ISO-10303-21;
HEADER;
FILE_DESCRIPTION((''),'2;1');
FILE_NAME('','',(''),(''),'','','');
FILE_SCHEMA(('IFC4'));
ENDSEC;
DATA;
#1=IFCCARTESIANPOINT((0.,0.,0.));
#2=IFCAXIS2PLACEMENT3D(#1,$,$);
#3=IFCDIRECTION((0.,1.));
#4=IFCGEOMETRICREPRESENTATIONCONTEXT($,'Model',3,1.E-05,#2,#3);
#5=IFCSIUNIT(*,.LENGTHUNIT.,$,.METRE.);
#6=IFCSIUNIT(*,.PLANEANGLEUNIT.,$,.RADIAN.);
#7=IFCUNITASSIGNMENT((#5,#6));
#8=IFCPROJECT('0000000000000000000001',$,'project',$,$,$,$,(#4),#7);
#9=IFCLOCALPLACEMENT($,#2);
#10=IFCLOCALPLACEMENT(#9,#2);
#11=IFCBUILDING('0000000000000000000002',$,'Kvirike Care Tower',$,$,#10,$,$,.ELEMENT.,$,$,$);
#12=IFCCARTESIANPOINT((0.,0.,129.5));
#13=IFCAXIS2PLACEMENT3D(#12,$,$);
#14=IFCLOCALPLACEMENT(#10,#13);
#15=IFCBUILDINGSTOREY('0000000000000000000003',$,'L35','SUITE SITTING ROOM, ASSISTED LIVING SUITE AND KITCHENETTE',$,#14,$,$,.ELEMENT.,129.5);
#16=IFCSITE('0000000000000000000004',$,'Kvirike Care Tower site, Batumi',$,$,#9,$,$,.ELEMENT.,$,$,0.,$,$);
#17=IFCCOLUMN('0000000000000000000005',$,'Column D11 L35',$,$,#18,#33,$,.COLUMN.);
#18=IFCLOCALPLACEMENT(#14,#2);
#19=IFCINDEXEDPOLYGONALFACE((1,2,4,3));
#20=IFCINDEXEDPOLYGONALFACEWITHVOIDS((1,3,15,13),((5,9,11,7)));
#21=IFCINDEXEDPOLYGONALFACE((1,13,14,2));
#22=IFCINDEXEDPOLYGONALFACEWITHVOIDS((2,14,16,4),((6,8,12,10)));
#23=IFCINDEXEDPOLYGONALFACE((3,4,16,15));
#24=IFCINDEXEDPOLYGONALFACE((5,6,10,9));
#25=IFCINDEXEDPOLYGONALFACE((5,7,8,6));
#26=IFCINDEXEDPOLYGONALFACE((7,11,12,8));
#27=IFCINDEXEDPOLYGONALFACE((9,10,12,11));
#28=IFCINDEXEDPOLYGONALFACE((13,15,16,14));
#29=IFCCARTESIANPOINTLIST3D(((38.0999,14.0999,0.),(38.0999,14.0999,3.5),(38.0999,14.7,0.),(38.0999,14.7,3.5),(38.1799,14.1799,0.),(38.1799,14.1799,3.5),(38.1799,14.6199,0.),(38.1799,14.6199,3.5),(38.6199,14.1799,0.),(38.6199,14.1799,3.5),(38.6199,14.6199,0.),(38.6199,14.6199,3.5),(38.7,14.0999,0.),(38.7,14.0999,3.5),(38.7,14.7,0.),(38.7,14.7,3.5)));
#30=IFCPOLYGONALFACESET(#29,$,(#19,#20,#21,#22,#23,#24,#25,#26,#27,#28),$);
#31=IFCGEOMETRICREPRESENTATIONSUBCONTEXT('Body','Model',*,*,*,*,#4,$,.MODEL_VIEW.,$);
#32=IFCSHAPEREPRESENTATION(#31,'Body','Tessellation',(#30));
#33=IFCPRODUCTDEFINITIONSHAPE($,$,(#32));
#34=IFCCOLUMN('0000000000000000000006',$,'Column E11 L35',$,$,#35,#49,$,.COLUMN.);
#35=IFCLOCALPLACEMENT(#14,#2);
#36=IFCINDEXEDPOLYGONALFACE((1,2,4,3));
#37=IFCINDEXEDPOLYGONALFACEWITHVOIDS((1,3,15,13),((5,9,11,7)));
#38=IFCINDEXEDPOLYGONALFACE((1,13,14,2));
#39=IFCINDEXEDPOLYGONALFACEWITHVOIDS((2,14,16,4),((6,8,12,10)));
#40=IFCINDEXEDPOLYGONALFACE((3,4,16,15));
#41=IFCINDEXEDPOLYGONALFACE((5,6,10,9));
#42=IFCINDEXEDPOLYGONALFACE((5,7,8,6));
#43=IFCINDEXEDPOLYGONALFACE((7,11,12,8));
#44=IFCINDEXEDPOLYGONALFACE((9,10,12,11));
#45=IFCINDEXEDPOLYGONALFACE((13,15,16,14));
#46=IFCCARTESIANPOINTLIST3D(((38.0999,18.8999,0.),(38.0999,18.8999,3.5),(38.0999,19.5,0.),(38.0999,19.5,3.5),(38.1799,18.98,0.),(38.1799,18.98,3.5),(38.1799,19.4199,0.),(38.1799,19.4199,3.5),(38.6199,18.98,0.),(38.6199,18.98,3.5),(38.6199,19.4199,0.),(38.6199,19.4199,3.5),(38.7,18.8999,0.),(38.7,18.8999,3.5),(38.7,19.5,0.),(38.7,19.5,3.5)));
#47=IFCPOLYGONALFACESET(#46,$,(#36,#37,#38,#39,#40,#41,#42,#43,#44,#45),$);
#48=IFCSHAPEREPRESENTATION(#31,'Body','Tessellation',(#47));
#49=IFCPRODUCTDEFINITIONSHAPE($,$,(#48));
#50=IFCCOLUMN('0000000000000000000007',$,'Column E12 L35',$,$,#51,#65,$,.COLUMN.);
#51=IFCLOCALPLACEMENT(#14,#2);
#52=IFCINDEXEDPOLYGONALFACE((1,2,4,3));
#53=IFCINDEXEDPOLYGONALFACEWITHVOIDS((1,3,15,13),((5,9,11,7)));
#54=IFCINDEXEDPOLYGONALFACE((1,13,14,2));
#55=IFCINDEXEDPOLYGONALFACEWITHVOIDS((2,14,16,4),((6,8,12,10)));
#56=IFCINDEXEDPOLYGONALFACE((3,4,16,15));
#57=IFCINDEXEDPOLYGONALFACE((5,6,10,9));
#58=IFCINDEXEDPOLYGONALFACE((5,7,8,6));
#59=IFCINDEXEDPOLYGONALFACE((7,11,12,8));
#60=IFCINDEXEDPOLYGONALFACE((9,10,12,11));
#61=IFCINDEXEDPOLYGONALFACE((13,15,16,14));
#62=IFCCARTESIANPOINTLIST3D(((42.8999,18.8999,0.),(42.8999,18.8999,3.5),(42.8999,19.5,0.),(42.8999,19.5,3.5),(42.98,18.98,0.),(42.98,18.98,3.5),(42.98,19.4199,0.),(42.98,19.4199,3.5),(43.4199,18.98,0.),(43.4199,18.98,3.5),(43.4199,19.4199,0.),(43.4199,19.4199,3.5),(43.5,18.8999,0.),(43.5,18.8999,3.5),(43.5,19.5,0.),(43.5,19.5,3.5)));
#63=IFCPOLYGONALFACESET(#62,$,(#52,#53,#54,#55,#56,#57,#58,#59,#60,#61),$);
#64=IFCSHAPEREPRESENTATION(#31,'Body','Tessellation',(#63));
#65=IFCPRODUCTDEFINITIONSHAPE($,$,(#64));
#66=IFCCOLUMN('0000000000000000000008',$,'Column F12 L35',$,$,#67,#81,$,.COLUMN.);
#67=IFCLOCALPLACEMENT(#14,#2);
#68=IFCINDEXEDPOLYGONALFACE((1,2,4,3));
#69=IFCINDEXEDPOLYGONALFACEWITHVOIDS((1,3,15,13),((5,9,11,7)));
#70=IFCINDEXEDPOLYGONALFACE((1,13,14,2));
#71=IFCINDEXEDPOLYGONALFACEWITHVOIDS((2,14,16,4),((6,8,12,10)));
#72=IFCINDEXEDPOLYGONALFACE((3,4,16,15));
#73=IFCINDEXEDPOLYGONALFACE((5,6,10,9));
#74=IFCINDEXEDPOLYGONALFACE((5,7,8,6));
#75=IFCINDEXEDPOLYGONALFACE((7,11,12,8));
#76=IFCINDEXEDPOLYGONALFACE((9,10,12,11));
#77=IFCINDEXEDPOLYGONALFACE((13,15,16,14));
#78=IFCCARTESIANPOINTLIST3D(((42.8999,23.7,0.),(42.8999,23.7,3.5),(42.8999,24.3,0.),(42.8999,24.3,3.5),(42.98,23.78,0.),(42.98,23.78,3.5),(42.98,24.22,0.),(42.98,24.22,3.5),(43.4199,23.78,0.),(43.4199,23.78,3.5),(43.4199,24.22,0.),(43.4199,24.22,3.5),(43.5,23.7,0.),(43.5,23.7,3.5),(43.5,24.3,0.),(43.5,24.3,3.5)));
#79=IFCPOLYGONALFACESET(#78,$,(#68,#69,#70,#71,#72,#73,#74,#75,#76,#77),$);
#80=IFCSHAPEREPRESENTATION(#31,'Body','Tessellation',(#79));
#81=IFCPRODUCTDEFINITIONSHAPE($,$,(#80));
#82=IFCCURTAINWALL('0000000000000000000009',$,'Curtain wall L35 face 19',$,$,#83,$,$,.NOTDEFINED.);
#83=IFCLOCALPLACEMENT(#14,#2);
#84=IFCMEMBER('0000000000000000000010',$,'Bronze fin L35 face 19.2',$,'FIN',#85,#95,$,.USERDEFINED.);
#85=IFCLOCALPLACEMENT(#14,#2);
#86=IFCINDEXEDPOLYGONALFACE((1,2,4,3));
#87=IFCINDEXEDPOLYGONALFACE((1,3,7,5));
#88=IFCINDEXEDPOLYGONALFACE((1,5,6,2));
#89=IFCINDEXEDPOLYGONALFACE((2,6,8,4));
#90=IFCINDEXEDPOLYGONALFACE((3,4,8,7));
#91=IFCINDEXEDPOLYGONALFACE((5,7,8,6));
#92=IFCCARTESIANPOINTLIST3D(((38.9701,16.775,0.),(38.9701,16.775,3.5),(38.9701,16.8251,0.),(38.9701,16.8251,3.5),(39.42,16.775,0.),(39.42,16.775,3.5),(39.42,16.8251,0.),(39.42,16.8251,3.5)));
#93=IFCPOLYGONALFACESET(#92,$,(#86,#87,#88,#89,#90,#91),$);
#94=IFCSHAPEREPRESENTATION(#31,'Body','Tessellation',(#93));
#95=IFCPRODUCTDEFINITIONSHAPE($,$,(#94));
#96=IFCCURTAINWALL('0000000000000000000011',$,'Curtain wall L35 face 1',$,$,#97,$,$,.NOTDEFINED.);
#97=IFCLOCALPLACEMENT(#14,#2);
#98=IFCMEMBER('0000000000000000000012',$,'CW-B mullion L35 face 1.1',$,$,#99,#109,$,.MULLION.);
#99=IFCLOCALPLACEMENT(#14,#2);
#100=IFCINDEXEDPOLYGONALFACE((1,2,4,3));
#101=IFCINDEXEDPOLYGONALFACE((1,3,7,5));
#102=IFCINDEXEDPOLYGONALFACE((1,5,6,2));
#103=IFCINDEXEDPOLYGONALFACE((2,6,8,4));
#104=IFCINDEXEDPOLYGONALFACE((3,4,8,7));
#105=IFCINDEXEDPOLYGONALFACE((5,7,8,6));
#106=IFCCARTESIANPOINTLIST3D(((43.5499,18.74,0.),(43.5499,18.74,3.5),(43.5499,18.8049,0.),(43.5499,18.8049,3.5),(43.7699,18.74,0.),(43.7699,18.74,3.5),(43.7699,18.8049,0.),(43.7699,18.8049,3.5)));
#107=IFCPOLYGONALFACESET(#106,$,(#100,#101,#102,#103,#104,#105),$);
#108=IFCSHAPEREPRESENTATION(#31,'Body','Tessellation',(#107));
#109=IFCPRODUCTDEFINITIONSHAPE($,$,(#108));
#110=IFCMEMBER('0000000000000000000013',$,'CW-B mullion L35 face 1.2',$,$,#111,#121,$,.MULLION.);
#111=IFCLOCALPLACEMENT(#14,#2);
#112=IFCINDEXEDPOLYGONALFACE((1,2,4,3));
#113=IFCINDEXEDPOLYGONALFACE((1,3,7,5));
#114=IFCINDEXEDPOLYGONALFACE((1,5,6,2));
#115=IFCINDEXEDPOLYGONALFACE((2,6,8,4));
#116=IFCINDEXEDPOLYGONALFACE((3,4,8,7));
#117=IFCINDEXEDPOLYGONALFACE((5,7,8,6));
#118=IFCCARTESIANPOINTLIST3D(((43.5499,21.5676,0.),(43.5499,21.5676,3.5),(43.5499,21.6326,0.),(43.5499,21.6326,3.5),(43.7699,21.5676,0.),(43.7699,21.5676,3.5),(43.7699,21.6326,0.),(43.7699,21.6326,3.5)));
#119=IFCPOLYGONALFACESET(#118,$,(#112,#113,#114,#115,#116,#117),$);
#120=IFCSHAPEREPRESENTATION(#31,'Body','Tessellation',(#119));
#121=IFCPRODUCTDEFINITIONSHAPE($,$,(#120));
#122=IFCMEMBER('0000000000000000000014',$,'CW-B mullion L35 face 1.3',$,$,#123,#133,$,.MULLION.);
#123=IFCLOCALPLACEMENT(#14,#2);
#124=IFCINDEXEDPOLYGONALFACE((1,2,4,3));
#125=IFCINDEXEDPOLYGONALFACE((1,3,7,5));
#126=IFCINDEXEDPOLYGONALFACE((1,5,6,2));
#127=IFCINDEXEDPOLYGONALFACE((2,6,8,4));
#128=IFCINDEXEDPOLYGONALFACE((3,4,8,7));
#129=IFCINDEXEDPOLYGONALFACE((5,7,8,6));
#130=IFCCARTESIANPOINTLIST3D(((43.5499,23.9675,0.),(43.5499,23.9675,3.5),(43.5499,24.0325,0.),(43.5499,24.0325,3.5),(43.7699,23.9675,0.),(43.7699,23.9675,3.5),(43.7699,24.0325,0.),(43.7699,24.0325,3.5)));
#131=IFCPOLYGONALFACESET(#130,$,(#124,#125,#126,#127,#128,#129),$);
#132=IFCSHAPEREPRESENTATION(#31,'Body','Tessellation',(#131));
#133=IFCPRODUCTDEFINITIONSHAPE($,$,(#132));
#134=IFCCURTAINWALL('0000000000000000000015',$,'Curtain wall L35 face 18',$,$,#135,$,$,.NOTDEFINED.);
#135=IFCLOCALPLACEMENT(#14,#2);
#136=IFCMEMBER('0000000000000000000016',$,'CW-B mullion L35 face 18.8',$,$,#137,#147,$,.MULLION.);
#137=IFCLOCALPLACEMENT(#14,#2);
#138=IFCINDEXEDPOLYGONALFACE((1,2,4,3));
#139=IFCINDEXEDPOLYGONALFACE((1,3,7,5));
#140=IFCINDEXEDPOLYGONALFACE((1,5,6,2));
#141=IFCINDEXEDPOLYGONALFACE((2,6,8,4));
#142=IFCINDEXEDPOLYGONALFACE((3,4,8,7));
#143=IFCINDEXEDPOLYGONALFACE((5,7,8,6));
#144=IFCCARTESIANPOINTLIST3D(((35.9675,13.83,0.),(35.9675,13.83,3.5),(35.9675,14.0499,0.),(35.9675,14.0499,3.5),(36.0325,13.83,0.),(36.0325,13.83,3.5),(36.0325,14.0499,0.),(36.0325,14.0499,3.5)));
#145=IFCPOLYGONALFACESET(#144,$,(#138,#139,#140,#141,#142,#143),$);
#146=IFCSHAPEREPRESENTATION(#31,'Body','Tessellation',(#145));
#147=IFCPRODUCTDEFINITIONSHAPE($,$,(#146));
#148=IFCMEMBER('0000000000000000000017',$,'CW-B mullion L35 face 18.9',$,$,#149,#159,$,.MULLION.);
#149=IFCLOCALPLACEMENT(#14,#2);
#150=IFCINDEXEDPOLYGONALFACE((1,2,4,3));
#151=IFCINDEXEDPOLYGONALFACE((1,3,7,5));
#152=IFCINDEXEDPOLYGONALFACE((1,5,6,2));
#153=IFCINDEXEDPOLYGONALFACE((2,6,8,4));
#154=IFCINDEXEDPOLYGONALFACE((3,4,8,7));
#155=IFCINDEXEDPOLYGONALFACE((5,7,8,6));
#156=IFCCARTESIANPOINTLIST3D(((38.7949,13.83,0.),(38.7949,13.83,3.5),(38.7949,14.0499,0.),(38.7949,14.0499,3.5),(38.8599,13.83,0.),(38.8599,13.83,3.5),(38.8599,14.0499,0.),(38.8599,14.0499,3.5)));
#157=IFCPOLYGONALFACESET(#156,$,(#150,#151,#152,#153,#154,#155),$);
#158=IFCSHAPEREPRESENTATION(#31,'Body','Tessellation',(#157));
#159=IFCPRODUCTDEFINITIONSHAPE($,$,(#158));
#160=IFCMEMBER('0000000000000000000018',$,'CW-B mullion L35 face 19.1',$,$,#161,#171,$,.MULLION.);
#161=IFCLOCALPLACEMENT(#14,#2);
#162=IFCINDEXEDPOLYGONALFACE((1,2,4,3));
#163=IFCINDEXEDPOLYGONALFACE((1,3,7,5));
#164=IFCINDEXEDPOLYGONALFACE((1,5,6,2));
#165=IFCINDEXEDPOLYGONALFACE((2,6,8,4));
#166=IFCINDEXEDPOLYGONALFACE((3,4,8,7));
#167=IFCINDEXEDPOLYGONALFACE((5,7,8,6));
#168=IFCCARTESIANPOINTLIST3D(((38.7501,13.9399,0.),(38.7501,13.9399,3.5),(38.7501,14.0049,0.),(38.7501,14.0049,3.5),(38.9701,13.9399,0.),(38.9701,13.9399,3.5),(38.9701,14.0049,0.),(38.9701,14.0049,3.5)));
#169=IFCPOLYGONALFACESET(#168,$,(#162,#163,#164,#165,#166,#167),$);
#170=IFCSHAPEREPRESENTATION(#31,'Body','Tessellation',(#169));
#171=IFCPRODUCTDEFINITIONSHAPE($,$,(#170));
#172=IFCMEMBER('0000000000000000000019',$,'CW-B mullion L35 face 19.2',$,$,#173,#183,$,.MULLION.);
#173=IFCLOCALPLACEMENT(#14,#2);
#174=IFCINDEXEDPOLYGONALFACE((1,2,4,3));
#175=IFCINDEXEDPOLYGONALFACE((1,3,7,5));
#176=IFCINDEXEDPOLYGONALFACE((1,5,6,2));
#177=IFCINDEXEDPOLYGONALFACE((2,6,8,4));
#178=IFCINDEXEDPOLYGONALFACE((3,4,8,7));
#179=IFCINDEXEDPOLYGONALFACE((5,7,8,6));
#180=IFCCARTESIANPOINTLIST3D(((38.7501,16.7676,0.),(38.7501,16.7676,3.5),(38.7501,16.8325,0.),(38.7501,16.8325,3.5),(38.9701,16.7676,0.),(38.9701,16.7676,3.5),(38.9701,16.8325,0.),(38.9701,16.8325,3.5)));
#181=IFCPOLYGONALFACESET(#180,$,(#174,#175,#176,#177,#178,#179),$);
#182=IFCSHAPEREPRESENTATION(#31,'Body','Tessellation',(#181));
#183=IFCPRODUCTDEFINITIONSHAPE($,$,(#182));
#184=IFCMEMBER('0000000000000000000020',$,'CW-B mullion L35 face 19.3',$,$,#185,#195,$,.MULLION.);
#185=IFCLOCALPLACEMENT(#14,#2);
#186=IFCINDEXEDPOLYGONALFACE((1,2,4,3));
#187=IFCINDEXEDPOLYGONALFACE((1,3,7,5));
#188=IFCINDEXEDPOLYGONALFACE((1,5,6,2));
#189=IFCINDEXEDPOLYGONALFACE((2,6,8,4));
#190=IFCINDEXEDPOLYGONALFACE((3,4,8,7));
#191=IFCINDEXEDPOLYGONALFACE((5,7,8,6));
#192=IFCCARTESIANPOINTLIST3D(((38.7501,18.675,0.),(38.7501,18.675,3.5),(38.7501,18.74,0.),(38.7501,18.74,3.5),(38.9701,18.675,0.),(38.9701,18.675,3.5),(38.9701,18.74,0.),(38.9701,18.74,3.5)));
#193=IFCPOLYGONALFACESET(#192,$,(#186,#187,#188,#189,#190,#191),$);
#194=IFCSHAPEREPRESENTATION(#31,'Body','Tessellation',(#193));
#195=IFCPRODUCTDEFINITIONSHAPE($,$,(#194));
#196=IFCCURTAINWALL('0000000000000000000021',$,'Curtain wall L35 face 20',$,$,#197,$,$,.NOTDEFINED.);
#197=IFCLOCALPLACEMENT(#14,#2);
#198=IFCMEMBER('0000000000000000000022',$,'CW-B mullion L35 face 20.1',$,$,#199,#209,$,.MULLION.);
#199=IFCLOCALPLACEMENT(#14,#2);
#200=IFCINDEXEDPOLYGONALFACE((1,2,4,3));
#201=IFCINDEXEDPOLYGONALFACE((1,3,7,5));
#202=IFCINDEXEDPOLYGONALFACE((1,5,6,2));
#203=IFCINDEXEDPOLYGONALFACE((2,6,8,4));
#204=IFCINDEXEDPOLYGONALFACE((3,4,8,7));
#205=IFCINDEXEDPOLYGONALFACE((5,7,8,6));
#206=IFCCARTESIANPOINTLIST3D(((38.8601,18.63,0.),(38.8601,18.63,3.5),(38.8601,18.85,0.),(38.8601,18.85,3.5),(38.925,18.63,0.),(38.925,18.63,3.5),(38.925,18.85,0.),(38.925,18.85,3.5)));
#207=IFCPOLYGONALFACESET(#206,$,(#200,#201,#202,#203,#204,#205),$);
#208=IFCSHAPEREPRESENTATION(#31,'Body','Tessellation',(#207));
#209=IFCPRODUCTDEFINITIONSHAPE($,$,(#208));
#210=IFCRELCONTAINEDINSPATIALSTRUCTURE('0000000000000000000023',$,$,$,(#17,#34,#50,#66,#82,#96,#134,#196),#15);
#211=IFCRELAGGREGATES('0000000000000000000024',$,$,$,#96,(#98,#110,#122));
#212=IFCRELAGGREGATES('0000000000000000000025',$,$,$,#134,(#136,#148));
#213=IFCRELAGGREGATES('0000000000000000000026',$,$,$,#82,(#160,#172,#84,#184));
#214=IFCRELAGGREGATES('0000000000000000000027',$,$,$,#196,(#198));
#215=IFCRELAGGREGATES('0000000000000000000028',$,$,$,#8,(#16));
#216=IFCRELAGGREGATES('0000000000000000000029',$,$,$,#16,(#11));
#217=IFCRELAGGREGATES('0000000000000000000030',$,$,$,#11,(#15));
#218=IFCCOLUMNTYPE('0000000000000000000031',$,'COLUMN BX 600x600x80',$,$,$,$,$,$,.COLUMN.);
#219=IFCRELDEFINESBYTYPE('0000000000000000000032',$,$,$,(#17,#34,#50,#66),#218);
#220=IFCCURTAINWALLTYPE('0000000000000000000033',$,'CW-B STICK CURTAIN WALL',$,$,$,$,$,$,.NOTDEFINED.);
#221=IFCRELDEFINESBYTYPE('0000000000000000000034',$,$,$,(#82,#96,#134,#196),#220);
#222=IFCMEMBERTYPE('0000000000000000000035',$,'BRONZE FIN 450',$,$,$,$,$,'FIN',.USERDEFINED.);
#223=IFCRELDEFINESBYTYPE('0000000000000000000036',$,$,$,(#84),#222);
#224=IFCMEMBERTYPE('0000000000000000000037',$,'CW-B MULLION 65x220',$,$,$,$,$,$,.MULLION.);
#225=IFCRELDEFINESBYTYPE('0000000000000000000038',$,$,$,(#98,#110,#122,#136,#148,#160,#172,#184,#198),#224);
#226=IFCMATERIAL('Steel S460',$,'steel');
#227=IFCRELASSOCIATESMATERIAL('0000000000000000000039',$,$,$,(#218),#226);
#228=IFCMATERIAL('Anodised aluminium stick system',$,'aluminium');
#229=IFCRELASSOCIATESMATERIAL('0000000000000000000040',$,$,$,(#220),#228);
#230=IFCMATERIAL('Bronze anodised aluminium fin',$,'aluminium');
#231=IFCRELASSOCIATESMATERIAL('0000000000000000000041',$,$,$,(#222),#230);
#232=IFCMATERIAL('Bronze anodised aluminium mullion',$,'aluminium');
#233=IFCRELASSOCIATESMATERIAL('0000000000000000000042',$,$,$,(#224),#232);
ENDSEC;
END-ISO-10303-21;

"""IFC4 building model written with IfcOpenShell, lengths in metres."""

from ifc_helpers import new_model, si_unit, direction, frame, origin, origin_2d, place, context, subcontext, project, spatial, rectangle, hollow_rectangle, extrude, material, material_profile, profile_set, type_object, element, aggregate, save


model = new_model("IFC4")

# Units and contexts
model_context = context("Model", 3, precision=1e-05, world=origin(), true_north=direction((0.0, 1.0)))
body_context = subcontext(model_context, "Body", "Model", "MODEL_VIEW")
ifc_project = project(units=[si_unit("LENGTHUNIT", "METRE"), si_unit("PLANEANGLEUNIT", "RADIAN")], contexts=[model_context])

# Site, building, storey
site_placement = place(None, origin())
site = spatial("IfcSite", under=ifc_project, at=site_placement, Name="Kvirike Care Tower site, Batumi", CompositionType="ELEMENT", RefElevation=0.0)
building_placement = place(site_placement, origin())
building = spatial("IfcBuilding", under=site, at=building_placement, Name="Kvirike Care Tower", CompositionType="ELEMENT")
storey_placement = place(building_placement, frame((0.0, 0.0, 129.5)))
storey = spatial("IfcBuildingStorey", under=building, at=storey_placement, Name="L35", Description="SUITE SITTING ROOM, ASSISTED LIVING SUITE AND KITCHENETTE", CompositionType="ELEMENT", Elevation=129.5)

# Columns
ifc_material_1 = material(Name="Steel S460", Category="steel")
ifc_material_profile_1 = material_profile(ifc_material_1, hollow_rectangle(XDim=0.6001, YDim=0.6001, WallThickness=0.0801, at=origin_2d()), Name="BX 600x600x80")
ifc_profile_set_1 = profile_set([ifc_material_profile_1], Name="Steel S460")
column_type = type_object("IfcColumnType", Name="COLUMN BX 600x600x80", PredefinedType="COLUMN", material=ifc_profile_set_1)
for number, where, z_axis, x_axis, name in (
    (1, (38.3999, 14.3999, 0.0), (0.0, 0.0, 1.0), (0.0, 1.0, 0.0), "Column D11 L35"),
    (2, (38.3999, 19.2, 0.0), (0.0, 0.0, 1.0), (0.0, 1.0, 0.0), "Column E11 L35"),
    (3, (43.2, 19.2, 0.0), (0.0, 0.0, 1.0), (0.0, 1.0, 0.0), "Column E12 L35"),
    (4, (43.2, 24.0, 0.0), (0.0, 0.0, 1.0), (1.0, 0.0, 0.0), "Column F12 L35"),
):
    element("IfcColumn", number, at=place(storey_placement, frame(where, z_axis=z_axis, x_axis=x_axis)), inside=storey, type_object=column_type, Name=name, PredefinedType="COLUMN", context=body_context, shape_type="SweptSolid", body=[
        extrude(hollow_rectangle(XDim=0.6001, YDim=0.6001, WallThickness=0.0801, at=origin_2d()), origin(), (0.0, 0.0, 1.0), 3.5),
    ])

# Curtain wall, member
ifc_material_2 = material(Name="Anodised aluminium stick system", Category="aluminium")
curtain_wall_type = type_object("IfcCurtainWallType", Name="CW-B STICK CURTAIN WALL", PredefinedType="NOTDEFINED", material=ifc_material_2)
curtain_wall_1_placement = place(storey_placement, origin())
curtain_wall_1 = element("IfcCurtainWall", 5, at=curtain_wall_1_placement, inside=storey, type_object=curtain_wall_type, Name="Curtain wall L35 face 19", PredefinedType="NOTDEFINED")
ifc_material_3 = material(Name="Bronze anodised aluminium fin", Category="aluminium")
ifc_material_profile_2 = material_profile(ifc_material_3, rectangle(XDim=0.05, YDim=0.45, at=origin_2d()), Name="BRONZE FIN 450")
ifc_profile_set_2 = profile_set([ifc_material_profile_2], Name="Bronze anodised aluminium fin")
member_type_1 = type_object("IfcMemberType", Name="BRONZE FIN 450", ElementType="FIN", PredefinedType="USERDEFINED", material=ifc_profile_set_2)
member_1_placement = place(storey_placement, frame((39.1951, 16.8, 0.0), z_axis=(0.0, 0.0, 1.0), x_axis=(0.0, 1.0, 0.0)))
member_1 = element("IfcMember", 6, at=member_1_placement, type_object=member_type_1, Name="Bronze fin L35 face 19.2", ObjectType="FIN", PredefinedType="USERDEFINED", context=body_context, shape_type="SweptSolid", body=[
    extrude(rectangle(XDim=0.05, YDim=0.45, at=origin_2d()), origin(), (0.0, 0.0, 1.0), 3.5),
])

# Curtain walls, members
curtain_wall_2_placement = place(storey_placement, origin())
curtain_wall_2 = element("IfcCurtainWall", 7, at=curtain_wall_2_placement, inside=storey, type_object=curtain_wall_type, Name="Curtain wall L35 face 1", PredefinedType="NOTDEFINED")
ifc_material_4 = material(Name="Bronze anodised aluminium mullion", Category="aluminium")
ifc_material_profile_3 = material_profile(ifc_material_4, rectangle(XDim=0.0649, YDim=0.22, at=origin_2d()), Name="CW-B MULLION 65x220")
ifc_profile_set_3 = profile_set([ifc_material_profile_3], Name="Bronze anodised aluminium mullion")
member_type_2 = type_object("IfcMemberType", Name="CW-B MULLION 65x220", PredefinedType="MULLION", material=ifc_profile_set_3)
member_2_placement = place(storey_placement, frame((43.6599, 18.7725, 0.0), z_axis=(0.0, 0.0, 1.0), x_axis=(0.0, 1.0, 0.0)))
member_2 = element("IfcMember", 8, at=member_2_placement, type_object=member_type_2, Name="CW-B mullion L35 face 1.1", PredefinedType="MULLION", context=body_context, shape_type="SweptSolid", body=[
    extrude(rectangle(XDim=0.0649, YDim=0.22, at=origin_2d()), origin(), (0.0, 0.0, 1.0), 3.5),
])
member_3_placement = place(storey_placement, frame((43.6599, 21.6001, 0.0), z_axis=(0.0, 0.0, 1.0), x_axis=(0.0, 1.0, 0.0)))
member_3 = element("IfcMember", 9, at=member_3_placement, type_object=member_type_2, Name="CW-B mullion L35 face 1.2", PredefinedType="MULLION", context=body_context, shape_type="SweptSolid", body=[
    extrude(rectangle(XDim=0.0649, YDim=0.22, at=origin_2d()), origin(), (0.0, 0.0, 1.0), 3.5),
])
member_4_placement = place(storey_placement, frame((43.6599, 24.0, 0.0), z_axis=(0.0, 0.0, 1.0), x_axis=(0.0, 1.0, 0.0)))
member_4 = element("IfcMember", 10, at=member_4_placement, type_object=member_type_2, Name="CW-B mullion L35 face 1.3", PredefinedType="MULLION", context=body_context, shape_type="SweptSolid", body=[
    extrude(rectangle(XDim=0.0649, YDim=0.22, at=origin_2d()), origin(), (0.0, 0.0, 1.0), 3.5),
])
curtain_wall_3_placement = place(storey_placement, origin())
curtain_wall_3 = element("IfcCurtainWall", 11, at=curtain_wall_3_placement, inside=storey, type_object=curtain_wall_type, Name="Curtain wall L35 face 18", PredefinedType="NOTDEFINED")
member_5_placement = place(storey_placement, frame((36.0, 13.9399, 0.0), z_axis=(0.0, 0.0, 1.0), x_axis=(1.0, 0.0, 0.0)))
member_5 = element("IfcMember", 12, at=member_5_placement, type_object=member_type_2, Name="CW-B mullion L35 face 18.8", PredefinedType="MULLION", context=body_context, shape_type="SweptSolid", body=[
    extrude(rectangle(XDim=0.0649, YDim=0.22, at=origin_2d()), origin(), (0.0, 0.0, 1.0), 3.5),
])
member_6_placement = place(storey_placement, frame((38.8274, 13.9399, 0.0), z_axis=(0.0, 0.0, 1.0), x_axis=(1.0, 0.0, 0.0)))
member_6 = element("IfcMember", 13, at=member_6_placement, type_object=member_type_2, Name="CW-B mullion L35 face 18.9", PredefinedType="MULLION", context=body_context, shape_type="SweptSolid", body=[
    extrude(rectangle(XDim=0.0649, YDim=0.22, at=origin_2d()), origin(), (0.0, 0.0, 1.0), 3.5),
])

# Members
member_7_placement = place(storey_placement, frame((38.8601, 13.9724, 0.0), z_axis=(0.0, 0.0, 1.0), x_axis=(0.0, 1.0, 0.0)))
member_7 = element("IfcMember", 14, at=member_7_placement, type_object=member_type_2, Name="CW-B mullion L35 face 19.1", PredefinedType="MULLION", context=body_context, shape_type="SweptSolid", body=[
    extrude(rectangle(XDim=0.0649, YDim=0.22, at=origin_2d()), origin(), (0.0, 0.0, 1.0), 3.5),
])
member_8_placement = place(storey_placement, frame((38.8601, 16.8, 0.0), z_axis=(0.0, 0.0, 1.0), x_axis=(0.0, 1.0, 0.0)))
member_8 = element("IfcMember", 15, at=member_8_placement, type_object=member_type_2, Name="CW-B mullion L35 face 19.2", PredefinedType="MULLION", context=body_context, shape_type="SweptSolid", body=[
    extrude(rectangle(XDim=0.0649, YDim=0.22, at=origin_2d()), origin(), (0.0, 0.0, 1.0), 3.5),
])
member_9_placement = place(storey_placement, frame((38.8601, 18.7075, 0.0), z_axis=(0.0, 0.0, 1.0), x_axis=(0.0, 1.0, 0.0)))
member_9 = element("IfcMember", 16, at=member_9_placement, type_object=member_type_2, Name="CW-B mullion L35 face 19.3", PredefinedType="MULLION", context=body_context, shape_type="SweptSolid", body=[
    extrude(rectangle(XDim=0.0649, YDim=0.22, at=origin_2d()), origin(), (0.0, 0.0, 1.0), 3.5),
])

# Curtain wall, member
curtain_wall_4_placement = place(storey_placement, origin())
curtain_wall_4 = element("IfcCurtainWall", 17, at=curtain_wall_4_placement, inside=storey, type_object=curtain_wall_type, Name="Curtain wall L35 face 20", PredefinedType="NOTDEFINED")
member_10_placement = place(storey_placement, frame((38.8926, 18.74, 0.0), z_axis=(0.0, 0.0, 1.0), x_axis=(1.0, 0.0, 0.0)))
member_10 = element("IfcMember", 18, at=member_10_placement, type_object=member_type_2, Name="CW-B mullion L35 face 20.1", PredefinedType="MULLION", context=body_context, shape_type="SweptSolid", body=[
    extrude(rectangle(XDim=0.0649, YDim=0.22, at=origin_2d()), origin(), (0.0, 0.0, 1.0), 3.5),
])

aggregate(curtain_wall_2, [member_2, member_3, member_4])
aggregate(curtain_wall_3, [member_5, member_6])
aggregate(curtain_wall_1, [member_7, member_8, member_1, member_9])
aggregate(curtain_wall_4, [member_10])

save(model, "model.ifc")
